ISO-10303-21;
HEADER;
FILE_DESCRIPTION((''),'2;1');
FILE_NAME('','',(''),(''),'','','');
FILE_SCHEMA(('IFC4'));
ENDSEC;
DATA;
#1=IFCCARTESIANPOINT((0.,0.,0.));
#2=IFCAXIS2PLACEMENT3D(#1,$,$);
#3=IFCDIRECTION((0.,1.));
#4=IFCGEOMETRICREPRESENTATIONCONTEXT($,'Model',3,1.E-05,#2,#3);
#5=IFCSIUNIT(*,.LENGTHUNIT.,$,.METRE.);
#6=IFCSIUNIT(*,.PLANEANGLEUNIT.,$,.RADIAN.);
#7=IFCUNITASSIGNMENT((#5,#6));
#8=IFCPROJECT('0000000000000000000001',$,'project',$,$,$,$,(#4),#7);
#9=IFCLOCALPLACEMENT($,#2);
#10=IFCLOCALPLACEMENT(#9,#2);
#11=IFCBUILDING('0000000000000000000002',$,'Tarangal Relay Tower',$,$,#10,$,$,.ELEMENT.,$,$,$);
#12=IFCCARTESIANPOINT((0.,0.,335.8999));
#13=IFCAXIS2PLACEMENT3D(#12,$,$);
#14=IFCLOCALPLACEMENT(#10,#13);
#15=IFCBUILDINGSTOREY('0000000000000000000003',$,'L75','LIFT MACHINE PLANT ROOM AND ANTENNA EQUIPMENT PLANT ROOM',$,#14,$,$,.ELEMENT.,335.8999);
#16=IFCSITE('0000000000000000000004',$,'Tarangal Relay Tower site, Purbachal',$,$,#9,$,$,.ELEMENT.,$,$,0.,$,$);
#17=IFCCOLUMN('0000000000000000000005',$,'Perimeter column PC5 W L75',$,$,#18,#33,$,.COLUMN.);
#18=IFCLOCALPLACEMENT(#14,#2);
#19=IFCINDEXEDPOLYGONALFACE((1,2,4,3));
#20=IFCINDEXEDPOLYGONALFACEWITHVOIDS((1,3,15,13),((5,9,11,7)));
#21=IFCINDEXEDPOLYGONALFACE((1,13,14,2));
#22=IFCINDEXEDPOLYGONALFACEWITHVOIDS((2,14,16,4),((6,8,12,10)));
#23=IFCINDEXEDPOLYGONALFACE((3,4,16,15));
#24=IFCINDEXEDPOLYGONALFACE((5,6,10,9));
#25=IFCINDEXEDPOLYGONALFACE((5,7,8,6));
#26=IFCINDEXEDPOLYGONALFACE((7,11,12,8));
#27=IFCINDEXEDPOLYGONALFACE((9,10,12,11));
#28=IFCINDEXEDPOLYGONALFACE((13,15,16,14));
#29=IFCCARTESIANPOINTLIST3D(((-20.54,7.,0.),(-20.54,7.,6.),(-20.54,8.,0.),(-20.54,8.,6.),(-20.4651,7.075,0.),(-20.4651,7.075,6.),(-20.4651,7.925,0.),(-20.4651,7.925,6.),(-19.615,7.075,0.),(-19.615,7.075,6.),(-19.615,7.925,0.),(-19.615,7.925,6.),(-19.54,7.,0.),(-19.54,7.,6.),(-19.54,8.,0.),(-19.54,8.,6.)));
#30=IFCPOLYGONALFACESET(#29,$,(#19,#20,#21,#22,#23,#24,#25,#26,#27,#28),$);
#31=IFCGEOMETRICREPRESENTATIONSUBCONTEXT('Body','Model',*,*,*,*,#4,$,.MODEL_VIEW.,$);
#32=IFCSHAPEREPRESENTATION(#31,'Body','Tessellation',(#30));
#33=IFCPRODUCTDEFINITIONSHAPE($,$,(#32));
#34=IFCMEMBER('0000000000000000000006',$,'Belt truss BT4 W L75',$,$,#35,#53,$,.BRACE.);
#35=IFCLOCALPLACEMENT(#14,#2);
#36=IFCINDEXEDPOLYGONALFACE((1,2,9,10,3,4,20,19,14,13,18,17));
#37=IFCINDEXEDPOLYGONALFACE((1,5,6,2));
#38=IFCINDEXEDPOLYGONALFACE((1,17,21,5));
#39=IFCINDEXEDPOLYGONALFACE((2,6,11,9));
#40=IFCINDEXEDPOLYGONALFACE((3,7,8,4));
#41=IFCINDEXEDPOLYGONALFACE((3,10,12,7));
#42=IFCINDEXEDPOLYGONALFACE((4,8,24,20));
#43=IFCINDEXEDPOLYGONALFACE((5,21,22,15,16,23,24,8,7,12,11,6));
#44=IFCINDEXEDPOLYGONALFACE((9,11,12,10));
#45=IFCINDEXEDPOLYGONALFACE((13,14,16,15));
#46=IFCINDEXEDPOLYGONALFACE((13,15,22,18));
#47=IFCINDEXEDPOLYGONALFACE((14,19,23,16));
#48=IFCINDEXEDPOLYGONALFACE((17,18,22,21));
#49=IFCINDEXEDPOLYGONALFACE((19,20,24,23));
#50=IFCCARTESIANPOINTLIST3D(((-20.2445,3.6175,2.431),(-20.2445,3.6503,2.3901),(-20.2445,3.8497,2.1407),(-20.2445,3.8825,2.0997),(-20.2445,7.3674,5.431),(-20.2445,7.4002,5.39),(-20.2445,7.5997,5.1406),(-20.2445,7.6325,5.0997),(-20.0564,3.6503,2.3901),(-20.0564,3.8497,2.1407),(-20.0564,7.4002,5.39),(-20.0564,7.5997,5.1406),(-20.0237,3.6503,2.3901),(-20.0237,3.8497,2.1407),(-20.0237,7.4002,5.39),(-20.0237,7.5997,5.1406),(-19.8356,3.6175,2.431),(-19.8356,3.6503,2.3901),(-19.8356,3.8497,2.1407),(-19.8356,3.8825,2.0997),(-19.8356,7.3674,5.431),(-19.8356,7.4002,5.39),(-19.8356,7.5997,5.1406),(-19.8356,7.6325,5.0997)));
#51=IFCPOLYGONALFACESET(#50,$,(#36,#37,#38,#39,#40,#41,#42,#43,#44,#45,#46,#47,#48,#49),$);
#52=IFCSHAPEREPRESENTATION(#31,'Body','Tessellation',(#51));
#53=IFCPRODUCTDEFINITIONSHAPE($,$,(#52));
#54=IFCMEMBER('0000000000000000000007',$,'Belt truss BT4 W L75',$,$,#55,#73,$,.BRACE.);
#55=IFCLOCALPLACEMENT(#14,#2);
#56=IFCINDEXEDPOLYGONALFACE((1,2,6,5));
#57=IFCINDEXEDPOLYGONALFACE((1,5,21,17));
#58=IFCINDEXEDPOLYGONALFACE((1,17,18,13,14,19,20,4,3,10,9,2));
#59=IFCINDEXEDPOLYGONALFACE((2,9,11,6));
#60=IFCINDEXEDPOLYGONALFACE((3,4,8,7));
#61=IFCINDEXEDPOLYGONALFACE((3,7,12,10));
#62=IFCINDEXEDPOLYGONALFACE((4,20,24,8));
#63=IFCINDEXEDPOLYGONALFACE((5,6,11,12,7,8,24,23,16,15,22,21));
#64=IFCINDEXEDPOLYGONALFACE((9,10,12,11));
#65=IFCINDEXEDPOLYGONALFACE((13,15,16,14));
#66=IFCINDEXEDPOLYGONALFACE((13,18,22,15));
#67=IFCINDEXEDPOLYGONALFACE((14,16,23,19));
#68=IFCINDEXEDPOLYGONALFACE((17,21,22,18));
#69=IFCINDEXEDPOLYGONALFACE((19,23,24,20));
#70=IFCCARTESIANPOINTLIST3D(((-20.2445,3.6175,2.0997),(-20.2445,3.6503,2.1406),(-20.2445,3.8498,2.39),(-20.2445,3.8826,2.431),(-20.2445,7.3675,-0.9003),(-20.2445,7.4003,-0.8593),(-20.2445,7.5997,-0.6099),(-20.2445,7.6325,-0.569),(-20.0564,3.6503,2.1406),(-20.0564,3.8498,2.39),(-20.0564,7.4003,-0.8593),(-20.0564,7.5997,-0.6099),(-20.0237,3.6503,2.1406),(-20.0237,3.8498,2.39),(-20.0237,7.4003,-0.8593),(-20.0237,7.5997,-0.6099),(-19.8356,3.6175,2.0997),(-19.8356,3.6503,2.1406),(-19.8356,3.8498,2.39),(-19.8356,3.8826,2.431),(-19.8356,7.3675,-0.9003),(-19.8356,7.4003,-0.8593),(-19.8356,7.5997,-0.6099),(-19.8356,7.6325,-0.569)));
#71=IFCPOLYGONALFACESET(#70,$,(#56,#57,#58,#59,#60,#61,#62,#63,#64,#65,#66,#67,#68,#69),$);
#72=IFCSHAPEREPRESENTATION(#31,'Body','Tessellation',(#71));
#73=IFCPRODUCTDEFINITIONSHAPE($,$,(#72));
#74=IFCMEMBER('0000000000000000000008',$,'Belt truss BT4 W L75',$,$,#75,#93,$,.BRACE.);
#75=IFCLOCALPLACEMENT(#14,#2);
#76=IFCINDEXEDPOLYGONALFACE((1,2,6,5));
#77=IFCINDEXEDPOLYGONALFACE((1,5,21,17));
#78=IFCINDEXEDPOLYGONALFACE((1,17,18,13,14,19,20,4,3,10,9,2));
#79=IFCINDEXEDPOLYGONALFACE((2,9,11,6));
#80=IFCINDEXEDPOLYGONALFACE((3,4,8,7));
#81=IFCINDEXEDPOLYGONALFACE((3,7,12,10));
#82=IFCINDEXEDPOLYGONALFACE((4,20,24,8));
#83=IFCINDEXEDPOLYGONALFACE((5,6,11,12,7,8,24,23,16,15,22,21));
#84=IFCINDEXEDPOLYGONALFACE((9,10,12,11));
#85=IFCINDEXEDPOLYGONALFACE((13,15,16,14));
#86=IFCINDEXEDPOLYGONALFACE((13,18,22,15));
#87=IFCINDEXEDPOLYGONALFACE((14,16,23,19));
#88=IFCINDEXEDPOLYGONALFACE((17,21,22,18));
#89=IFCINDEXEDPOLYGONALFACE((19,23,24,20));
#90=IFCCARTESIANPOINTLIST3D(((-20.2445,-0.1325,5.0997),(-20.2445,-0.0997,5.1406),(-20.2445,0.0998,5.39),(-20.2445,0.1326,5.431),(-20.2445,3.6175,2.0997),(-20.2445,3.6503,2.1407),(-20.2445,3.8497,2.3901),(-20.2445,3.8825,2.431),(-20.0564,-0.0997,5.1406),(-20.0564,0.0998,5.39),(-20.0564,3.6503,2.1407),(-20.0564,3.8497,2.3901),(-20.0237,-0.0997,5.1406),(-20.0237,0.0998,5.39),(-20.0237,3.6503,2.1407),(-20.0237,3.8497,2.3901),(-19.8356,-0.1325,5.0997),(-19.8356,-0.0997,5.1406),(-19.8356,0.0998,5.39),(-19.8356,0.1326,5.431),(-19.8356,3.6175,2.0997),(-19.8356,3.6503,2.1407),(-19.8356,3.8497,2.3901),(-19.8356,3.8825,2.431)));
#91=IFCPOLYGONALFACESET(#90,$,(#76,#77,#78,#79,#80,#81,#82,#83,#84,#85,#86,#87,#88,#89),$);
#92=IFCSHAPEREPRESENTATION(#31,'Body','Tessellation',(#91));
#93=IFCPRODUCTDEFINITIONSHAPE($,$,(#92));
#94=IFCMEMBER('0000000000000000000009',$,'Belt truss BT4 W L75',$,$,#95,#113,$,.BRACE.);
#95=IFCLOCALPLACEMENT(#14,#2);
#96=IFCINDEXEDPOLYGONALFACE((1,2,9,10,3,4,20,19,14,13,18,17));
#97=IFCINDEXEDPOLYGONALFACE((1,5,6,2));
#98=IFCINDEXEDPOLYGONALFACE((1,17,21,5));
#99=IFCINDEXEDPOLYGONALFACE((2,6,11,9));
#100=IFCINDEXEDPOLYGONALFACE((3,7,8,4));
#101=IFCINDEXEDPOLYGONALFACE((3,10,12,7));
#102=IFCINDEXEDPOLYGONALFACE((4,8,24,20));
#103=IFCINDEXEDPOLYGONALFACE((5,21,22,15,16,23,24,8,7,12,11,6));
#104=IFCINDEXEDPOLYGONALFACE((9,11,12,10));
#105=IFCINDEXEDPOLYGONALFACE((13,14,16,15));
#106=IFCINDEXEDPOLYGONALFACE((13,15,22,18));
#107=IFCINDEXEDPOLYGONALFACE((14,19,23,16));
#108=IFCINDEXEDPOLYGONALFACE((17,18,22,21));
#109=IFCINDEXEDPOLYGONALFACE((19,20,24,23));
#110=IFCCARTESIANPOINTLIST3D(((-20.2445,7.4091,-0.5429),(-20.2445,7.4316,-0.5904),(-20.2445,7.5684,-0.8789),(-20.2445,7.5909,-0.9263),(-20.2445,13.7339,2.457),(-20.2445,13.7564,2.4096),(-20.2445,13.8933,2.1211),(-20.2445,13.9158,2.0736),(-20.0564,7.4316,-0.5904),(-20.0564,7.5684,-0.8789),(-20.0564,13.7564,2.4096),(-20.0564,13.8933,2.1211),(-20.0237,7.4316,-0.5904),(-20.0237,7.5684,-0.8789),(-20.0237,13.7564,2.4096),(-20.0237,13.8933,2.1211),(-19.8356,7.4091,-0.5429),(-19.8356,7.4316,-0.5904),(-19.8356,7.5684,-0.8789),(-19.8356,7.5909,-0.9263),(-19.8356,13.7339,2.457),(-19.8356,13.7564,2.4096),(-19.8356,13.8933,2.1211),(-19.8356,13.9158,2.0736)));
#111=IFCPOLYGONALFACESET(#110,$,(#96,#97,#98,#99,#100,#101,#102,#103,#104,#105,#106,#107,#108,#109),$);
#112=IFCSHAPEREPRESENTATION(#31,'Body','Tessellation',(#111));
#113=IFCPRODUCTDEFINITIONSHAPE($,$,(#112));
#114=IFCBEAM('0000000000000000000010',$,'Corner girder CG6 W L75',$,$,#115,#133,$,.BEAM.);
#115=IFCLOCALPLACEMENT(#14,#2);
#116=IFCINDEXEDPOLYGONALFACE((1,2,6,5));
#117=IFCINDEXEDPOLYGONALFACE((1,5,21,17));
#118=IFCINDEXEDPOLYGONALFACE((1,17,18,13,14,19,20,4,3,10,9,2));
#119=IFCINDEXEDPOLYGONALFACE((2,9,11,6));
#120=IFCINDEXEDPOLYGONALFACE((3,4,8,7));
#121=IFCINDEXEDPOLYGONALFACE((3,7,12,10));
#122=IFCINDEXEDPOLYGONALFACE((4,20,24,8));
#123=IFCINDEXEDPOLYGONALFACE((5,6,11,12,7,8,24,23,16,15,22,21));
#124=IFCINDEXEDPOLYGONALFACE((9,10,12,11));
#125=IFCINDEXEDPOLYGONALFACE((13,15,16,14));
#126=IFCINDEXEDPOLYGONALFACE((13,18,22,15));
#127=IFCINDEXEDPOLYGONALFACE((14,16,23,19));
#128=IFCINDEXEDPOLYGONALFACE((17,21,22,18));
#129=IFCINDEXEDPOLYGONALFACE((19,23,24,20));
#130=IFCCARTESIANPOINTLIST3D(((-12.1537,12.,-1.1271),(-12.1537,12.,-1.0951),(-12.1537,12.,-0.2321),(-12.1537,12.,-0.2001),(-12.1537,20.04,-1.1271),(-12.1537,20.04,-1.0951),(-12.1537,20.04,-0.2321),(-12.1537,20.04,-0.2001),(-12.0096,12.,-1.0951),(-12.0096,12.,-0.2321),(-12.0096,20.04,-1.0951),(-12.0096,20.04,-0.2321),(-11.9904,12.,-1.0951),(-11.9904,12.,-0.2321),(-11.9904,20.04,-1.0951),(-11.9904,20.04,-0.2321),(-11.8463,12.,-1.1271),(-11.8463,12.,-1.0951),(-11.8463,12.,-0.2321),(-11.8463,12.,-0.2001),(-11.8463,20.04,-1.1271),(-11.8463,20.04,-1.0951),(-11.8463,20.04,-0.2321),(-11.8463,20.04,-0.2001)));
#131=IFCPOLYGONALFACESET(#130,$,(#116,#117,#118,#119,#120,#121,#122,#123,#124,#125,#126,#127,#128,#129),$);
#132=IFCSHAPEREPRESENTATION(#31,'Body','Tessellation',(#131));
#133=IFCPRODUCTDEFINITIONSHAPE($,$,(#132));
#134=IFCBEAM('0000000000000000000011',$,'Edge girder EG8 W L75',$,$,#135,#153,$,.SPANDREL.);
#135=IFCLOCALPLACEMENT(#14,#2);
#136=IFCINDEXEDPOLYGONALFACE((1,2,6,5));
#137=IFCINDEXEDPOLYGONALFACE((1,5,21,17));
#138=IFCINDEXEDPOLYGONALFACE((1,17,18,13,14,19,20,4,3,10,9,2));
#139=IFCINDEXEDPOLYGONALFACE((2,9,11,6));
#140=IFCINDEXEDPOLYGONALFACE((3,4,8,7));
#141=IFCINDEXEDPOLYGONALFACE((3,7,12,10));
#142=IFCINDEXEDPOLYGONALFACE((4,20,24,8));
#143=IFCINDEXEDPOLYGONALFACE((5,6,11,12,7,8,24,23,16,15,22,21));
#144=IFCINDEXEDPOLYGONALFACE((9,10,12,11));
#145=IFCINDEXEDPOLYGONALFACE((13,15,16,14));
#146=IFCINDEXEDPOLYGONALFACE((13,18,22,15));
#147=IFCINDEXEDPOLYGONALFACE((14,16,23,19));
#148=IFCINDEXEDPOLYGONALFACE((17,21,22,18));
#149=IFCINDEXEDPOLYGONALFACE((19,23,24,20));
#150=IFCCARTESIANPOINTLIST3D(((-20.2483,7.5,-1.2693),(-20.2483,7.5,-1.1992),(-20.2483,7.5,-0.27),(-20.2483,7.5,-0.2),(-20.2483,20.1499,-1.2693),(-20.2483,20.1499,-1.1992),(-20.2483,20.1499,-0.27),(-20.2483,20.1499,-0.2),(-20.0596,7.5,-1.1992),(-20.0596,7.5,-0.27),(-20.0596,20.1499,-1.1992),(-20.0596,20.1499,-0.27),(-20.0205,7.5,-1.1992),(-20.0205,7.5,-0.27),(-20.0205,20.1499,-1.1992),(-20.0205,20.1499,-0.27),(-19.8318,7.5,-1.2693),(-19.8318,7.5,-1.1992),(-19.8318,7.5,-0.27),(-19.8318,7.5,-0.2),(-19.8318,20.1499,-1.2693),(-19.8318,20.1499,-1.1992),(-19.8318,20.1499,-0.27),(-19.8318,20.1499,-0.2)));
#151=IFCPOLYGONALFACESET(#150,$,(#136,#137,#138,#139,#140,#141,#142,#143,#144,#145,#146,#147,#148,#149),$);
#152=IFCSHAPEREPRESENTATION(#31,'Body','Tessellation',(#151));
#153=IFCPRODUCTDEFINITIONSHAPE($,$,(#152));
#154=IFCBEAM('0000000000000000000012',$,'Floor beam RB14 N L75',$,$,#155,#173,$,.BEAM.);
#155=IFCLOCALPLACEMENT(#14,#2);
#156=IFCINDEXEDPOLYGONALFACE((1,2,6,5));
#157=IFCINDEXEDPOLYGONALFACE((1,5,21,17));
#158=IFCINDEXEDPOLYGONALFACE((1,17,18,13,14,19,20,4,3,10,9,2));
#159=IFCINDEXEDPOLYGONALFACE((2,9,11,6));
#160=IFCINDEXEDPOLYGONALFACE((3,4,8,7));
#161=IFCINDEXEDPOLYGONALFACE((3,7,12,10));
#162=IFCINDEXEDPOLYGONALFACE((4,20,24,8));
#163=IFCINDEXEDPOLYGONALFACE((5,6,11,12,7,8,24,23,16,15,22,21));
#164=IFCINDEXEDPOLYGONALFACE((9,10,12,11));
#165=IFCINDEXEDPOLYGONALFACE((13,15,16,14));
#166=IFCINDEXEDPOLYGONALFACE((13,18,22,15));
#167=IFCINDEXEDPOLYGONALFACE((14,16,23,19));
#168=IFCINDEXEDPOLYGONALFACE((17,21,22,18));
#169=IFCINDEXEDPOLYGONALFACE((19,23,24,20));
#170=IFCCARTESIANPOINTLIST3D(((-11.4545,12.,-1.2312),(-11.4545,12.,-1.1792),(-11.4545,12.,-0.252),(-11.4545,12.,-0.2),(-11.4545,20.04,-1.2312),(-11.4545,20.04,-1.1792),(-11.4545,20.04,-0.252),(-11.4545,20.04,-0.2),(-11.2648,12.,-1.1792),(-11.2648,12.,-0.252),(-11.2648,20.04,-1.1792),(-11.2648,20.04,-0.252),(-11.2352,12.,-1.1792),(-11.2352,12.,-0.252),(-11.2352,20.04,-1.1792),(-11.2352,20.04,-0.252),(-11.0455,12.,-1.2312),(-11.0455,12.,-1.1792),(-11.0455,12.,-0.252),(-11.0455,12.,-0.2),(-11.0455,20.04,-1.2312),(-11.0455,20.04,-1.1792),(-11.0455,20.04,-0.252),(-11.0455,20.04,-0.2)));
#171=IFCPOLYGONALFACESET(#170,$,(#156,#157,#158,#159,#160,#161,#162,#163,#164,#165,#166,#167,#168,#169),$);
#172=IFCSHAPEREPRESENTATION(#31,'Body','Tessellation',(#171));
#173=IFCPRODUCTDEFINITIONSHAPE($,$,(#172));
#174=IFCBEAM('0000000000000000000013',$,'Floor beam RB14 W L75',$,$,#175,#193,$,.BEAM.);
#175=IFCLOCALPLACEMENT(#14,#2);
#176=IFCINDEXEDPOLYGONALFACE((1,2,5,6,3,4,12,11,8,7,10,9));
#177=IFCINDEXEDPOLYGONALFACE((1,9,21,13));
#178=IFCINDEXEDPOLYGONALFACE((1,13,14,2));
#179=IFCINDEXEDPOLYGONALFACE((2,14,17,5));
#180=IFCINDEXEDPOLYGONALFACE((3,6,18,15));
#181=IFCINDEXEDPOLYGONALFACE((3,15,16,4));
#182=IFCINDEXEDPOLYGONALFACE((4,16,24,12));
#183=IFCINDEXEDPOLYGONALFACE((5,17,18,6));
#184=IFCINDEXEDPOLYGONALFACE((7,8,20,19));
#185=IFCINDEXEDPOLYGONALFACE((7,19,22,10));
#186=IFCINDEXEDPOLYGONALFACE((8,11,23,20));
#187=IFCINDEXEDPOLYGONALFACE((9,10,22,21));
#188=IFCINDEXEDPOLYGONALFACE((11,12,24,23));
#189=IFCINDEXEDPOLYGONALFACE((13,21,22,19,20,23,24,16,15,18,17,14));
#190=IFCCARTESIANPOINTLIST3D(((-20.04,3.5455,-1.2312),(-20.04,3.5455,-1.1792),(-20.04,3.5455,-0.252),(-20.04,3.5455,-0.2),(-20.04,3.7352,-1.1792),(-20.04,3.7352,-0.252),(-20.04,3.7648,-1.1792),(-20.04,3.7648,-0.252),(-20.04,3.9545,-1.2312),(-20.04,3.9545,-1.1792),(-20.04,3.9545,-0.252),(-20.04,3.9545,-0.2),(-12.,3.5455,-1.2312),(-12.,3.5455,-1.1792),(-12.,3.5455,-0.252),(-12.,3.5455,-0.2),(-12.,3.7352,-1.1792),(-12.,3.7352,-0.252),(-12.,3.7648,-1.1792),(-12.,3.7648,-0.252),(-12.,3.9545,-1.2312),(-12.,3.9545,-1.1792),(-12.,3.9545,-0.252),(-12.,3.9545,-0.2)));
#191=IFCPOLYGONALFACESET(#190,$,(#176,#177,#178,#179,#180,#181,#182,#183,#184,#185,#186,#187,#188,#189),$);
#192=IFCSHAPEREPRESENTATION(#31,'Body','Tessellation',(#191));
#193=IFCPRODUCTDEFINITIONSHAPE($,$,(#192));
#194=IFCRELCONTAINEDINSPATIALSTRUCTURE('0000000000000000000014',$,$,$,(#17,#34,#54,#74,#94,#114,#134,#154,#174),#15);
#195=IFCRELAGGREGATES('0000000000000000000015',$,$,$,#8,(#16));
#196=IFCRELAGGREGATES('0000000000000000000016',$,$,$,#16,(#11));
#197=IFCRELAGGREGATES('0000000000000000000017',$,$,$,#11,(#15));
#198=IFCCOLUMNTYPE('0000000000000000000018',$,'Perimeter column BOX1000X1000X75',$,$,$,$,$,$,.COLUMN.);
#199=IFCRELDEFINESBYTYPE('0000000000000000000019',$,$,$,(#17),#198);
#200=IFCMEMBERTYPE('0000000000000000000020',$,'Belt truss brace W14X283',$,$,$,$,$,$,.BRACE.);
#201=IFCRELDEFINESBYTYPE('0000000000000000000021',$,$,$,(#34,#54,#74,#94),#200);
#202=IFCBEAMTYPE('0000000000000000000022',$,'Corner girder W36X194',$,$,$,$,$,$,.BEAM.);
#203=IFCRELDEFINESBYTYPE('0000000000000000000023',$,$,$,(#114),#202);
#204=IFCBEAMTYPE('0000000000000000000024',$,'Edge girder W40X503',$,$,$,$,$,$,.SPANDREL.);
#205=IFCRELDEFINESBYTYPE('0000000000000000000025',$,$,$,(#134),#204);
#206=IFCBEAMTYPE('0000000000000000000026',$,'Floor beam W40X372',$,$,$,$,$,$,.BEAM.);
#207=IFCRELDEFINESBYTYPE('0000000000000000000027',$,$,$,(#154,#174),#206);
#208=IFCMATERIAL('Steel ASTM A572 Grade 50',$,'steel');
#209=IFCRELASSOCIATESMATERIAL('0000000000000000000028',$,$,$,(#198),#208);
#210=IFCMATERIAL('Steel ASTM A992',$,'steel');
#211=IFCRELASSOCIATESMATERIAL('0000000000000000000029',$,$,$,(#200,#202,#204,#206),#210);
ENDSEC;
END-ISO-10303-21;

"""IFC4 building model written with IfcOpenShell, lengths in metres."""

from ifc_helpers import new_model, si_unit, direction, frame, origin, origin_2d, place, context, subcontext, project, spatial, hollow_rectangle, i_section, extrude, material, material_profile, profile_set, type_object, element, save


model = new_model("IFC4")

# Units and contexts
model_context = context("Model", 3, precision=1e-05, world=origin(), true_north=direction((0.0, 1.0)))
body_context = subcontext(model_context, "Body", "Model", "MODEL_VIEW")
ifc_project = project(units=[si_unit("LENGTHUNIT", "METRE"), si_unit("PLANEANGLEUNIT", "RADIAN")], contexts=[model_context])

# Site, building, storey
site_placement = place(None, origin())
site = spatial("IfcSite", under=ifc_project, at=site_placement, Name="Tarangal Relay Tower site, Purbachal", CompositionType="ELEMENT", RefElevation=0.0)
building_placement = place(site_placement, origin())
building = spatial("IfcBuilding", under=site, at=building_placement, Name="Tarangal Relay Tower", CompositionType="ELEMENT")
storey_placement = place(building_placement, frame((0.0, 0.0, 335.8999)))
storey = spatial("IfcBuildingStorey", under=building, at=storey_placement, Name="L75", Description="LIFT MACHINE PLANT ROOM AND ANTENNA EQUIPMENT PLANT ROOM", CompositionType="ELEMENT", Elevation=335.8999)

# Column
ifc_material_1 = material(Name="Steel ASTM A572 Grade 50", Category="steel")
ifc_material_profile_1 = material_profile(ifc_material_1, hollow_rectangle(XDim=1.0, YDim=1.0, WallThickness=0.075, at=origin_2d()), Name="BOX1000X1000X75")
ifc_profile_set_1 = profile_set([ifc_material_profile_1], Name="Steel ASTM A572 Grade 50")
column_type = type_object("IfcColumnType", Name="Perimeter column BOX1000X1000X75", PredefinedType="COLUMN", material=ifc_profile_set_1)
column_placement = place(storey_placement, frame((-20.04, 7.5, 0.0), z_axis=(0.0, 0.0, 1.0), x_axis=(1.0, 0.0, 0.0)))
element("IfcColumn", 1, at=column_placement, inside=storey, type_object=column_type, Name="Perimeter column PC5 W L75", PredefinedType="COLUMN", context=body_context, shape_type="SweptSolid", body=[
    extrude(hollow_rectangle(XDim=1.0, YDim=1.0, WallThickness=0.075, at=origin_2d()), origin(), (0.0, 0.0, 1.0), 6.0),
])

# Members
ifc_material_2 = material(Name="Steel ASTM A992", Category="steel")
ifc_material_profile_2 = material_profile(ifc_material_2, i_section(OverallWidth=0.4089, OverallDepth=0.4243, WebThickness=0.0327, FlangeThickness=0.0525, at=origin_2d()), Name="W14X283")
ifc_profile_set_2 = profile_set([ifc_material_profile_2], Name="Steel ASTM A992")
member_type_1 = type_object("IfcMemberType", Name="Belt truss brace W14X283", PredefinedType="BRACE", material=ifc_profile_set_2)
for number, where, z_axis, x_axis, name in (
    (2, (-20.04, 3.75, 2.2654), (0.0, 0.780869, 0.624695), (-1.0, 0.0, 0.0), "Belt truss BT4 W L75"),
    (3, (-20.04, 7.5, -0.7346), (0.0, -0.780869, 0.624695), (1.0, 0.0, 0.0), "Belt truss BT4 W L75"),
    (4, (-20.04, 3.75, 2.2654), (0.0, -0.780869, 0.624695), (1.0, 0.0, 0.0), "Belt truss BT4 W L75"),
):
    element("IfcMember", number, at=place(storey_placement, frame(where, z_axis=z_axis, x_axis=x_axis)), inside=storey, type_object=member_type_1, Name=name, PredefinedType="BRACE", context=body_context, shape_type="SweptSolid", body=[
        extrude(i_section(OverallWidth=0.4089, OverallDepth=0.4243, WebThickness=0.0327, FlangeThickness=0.0525, at=origin_2d()), origin(), (0.0, 0.0, 1.0), 4.8022),
    ])
member_1_placement = place(storey_placement, frame((-20.04, 7.5, -0.7346), z_axis=(0.0, 0.903518, 0.42855), x_axis=(-1.0, 0.0, 0.0)))
element("IfcMember", 5, at=member_1_placement, inside=storey, type_object=member_type_1, Name="Belt truss BT4 W L75", PredefinedType="BRACE", context=body_context, shape_type="SweptSolid", body=[
    extrude(i_section(OverallWidth=0.4089, OverallDepth=0.4243, WebThickness=0.0327, FlangeThickness=0.0525, at=origin_2d()), origin(), (0.0, 0.0, 1.0), 7.0002),
])

# Beams
ifc_material_profile_3 = material_profile(ifc_material_2, i_section(OverallWidth=0.3074, OverallDepth=0.927, WebThickness=0.0193, FlangeThickness=0.032, at=origin_2d()), Name="W36X194")
ifc_profile_set_3 = profile_set([ifc_material_profile_3], Name="Steel ASTM A992")
beam_type_1 = type_object("IfcBeamType", Name="Corner girder W36X194", PredefinedType="BEAM", material=ifc_profile_set_3)
beam_1_placement = place(storey_placement, frame((-12.0, 12.0, -0.6636), z_axis=(0.0, 1.0, 0.0), x_axis=(-1.0, 0.0, 0.0)))
element("IfcBeam", 6, at=beam_1_placement, inside=storey, type_object=beam_type_1, Name="Corner girder CG6 W L75", PredefinedType="BEAM", context=body_context, shape_type="SweptSolid", body=[
    extrude(i_section(OverallWidth=0.3074, OverallDepth=0.927, WebThickness=0.0193, FlangeThickness=0.032, at=origin_2d()), origin(), (0.0, 0.0, 1.0), 8.04),
])
ifc_material_profile_4 = material_profile(ifc_material_2, i_section(OverallWidth=0.4165, OverallDepth=1.0693, WebThickness=0.0391, FlangeThickness=0.0701, at=origin_2d()), Name="W40X503")
ifc_profile_set_4 = profile_set([ifc_material_profile_4], Name="Steel ASTM A992")
beam_type_2 = type_object("IfcBeamType", Name="Edge girder W40X503", PredefinedType="SPANDREL", material=ifc_profile_set_4)
beam_2_placement = place(storey_placement, frame((-20.04, 7.5, -0.7346), z_axis=(0.0, 1.0, 0.0), x_axis=(-1.0, 0.0, 0.0)))
element("IfcBeam", 7, at=beam_2_placement, inside=storey, type_object=beam_type_2, Name="Edge girder EG8 W L75", PredefinedType="SPANDREL", context=body_context, shape_type="SweptSolid", body=[
    extrude(i_section(OverallWidth=0.4165, OverallDepth=1.0693, WebThickness=0.0391, FlangeThickness=0.0701, at=origin_2d()), origin(), (0.0, 0.0, 1.0), 12.6499),
])
ifc_material_profile_5 = material_profile(ifc_material_2, i_section(OverallWidth=0.4089, OverallDepth=1.0312, WebThickness=0.0295, FlangeThickness=0.052, at=origin_2d()), Name="W40X372")
ifc_profile_set_5 = profile_set([ifc_material_profile_5], Name="Steel ASTM A992")
beam_type_3 = type_object("IfcBeamType", Name="Floor beam W40X372", PredefinedType="BEAM", material=ifc_profile_set_5)
for number, where, z_axis, x_axis, name in (
    (8, (-11.25, 12.0, -0.7156), (0.0, 1.0, 0.0), (-1.0, 0.0, 0.0), "Floor beam RB14 N L75"),
    (9, (-12.0, 3.75, -0.7156), (-1.0, 0.0, 0.0), (0.0, -1.0, 0.0), "Floor beam RB14 W L75"),
):
    element("IfcBeam", number, at=place(storey_placement, frame(where, z_axis=z_axis, x_axis=x_axis)), inside=storey, type_object=beam_type_3, Name=name, PredefinedType="BEAM", context=body_context, shape_type="SweptSolid", body=[
        extrude(i_section(OverallWidth=0.4089, OverallDepth=1.0312, WebThickness=0.0295, FlangeThickness=0.052, at=origin_2d()), origin(), (0.0, 0.0, 1.0), 8.04),
    ])

save(model, "model.ifc")
